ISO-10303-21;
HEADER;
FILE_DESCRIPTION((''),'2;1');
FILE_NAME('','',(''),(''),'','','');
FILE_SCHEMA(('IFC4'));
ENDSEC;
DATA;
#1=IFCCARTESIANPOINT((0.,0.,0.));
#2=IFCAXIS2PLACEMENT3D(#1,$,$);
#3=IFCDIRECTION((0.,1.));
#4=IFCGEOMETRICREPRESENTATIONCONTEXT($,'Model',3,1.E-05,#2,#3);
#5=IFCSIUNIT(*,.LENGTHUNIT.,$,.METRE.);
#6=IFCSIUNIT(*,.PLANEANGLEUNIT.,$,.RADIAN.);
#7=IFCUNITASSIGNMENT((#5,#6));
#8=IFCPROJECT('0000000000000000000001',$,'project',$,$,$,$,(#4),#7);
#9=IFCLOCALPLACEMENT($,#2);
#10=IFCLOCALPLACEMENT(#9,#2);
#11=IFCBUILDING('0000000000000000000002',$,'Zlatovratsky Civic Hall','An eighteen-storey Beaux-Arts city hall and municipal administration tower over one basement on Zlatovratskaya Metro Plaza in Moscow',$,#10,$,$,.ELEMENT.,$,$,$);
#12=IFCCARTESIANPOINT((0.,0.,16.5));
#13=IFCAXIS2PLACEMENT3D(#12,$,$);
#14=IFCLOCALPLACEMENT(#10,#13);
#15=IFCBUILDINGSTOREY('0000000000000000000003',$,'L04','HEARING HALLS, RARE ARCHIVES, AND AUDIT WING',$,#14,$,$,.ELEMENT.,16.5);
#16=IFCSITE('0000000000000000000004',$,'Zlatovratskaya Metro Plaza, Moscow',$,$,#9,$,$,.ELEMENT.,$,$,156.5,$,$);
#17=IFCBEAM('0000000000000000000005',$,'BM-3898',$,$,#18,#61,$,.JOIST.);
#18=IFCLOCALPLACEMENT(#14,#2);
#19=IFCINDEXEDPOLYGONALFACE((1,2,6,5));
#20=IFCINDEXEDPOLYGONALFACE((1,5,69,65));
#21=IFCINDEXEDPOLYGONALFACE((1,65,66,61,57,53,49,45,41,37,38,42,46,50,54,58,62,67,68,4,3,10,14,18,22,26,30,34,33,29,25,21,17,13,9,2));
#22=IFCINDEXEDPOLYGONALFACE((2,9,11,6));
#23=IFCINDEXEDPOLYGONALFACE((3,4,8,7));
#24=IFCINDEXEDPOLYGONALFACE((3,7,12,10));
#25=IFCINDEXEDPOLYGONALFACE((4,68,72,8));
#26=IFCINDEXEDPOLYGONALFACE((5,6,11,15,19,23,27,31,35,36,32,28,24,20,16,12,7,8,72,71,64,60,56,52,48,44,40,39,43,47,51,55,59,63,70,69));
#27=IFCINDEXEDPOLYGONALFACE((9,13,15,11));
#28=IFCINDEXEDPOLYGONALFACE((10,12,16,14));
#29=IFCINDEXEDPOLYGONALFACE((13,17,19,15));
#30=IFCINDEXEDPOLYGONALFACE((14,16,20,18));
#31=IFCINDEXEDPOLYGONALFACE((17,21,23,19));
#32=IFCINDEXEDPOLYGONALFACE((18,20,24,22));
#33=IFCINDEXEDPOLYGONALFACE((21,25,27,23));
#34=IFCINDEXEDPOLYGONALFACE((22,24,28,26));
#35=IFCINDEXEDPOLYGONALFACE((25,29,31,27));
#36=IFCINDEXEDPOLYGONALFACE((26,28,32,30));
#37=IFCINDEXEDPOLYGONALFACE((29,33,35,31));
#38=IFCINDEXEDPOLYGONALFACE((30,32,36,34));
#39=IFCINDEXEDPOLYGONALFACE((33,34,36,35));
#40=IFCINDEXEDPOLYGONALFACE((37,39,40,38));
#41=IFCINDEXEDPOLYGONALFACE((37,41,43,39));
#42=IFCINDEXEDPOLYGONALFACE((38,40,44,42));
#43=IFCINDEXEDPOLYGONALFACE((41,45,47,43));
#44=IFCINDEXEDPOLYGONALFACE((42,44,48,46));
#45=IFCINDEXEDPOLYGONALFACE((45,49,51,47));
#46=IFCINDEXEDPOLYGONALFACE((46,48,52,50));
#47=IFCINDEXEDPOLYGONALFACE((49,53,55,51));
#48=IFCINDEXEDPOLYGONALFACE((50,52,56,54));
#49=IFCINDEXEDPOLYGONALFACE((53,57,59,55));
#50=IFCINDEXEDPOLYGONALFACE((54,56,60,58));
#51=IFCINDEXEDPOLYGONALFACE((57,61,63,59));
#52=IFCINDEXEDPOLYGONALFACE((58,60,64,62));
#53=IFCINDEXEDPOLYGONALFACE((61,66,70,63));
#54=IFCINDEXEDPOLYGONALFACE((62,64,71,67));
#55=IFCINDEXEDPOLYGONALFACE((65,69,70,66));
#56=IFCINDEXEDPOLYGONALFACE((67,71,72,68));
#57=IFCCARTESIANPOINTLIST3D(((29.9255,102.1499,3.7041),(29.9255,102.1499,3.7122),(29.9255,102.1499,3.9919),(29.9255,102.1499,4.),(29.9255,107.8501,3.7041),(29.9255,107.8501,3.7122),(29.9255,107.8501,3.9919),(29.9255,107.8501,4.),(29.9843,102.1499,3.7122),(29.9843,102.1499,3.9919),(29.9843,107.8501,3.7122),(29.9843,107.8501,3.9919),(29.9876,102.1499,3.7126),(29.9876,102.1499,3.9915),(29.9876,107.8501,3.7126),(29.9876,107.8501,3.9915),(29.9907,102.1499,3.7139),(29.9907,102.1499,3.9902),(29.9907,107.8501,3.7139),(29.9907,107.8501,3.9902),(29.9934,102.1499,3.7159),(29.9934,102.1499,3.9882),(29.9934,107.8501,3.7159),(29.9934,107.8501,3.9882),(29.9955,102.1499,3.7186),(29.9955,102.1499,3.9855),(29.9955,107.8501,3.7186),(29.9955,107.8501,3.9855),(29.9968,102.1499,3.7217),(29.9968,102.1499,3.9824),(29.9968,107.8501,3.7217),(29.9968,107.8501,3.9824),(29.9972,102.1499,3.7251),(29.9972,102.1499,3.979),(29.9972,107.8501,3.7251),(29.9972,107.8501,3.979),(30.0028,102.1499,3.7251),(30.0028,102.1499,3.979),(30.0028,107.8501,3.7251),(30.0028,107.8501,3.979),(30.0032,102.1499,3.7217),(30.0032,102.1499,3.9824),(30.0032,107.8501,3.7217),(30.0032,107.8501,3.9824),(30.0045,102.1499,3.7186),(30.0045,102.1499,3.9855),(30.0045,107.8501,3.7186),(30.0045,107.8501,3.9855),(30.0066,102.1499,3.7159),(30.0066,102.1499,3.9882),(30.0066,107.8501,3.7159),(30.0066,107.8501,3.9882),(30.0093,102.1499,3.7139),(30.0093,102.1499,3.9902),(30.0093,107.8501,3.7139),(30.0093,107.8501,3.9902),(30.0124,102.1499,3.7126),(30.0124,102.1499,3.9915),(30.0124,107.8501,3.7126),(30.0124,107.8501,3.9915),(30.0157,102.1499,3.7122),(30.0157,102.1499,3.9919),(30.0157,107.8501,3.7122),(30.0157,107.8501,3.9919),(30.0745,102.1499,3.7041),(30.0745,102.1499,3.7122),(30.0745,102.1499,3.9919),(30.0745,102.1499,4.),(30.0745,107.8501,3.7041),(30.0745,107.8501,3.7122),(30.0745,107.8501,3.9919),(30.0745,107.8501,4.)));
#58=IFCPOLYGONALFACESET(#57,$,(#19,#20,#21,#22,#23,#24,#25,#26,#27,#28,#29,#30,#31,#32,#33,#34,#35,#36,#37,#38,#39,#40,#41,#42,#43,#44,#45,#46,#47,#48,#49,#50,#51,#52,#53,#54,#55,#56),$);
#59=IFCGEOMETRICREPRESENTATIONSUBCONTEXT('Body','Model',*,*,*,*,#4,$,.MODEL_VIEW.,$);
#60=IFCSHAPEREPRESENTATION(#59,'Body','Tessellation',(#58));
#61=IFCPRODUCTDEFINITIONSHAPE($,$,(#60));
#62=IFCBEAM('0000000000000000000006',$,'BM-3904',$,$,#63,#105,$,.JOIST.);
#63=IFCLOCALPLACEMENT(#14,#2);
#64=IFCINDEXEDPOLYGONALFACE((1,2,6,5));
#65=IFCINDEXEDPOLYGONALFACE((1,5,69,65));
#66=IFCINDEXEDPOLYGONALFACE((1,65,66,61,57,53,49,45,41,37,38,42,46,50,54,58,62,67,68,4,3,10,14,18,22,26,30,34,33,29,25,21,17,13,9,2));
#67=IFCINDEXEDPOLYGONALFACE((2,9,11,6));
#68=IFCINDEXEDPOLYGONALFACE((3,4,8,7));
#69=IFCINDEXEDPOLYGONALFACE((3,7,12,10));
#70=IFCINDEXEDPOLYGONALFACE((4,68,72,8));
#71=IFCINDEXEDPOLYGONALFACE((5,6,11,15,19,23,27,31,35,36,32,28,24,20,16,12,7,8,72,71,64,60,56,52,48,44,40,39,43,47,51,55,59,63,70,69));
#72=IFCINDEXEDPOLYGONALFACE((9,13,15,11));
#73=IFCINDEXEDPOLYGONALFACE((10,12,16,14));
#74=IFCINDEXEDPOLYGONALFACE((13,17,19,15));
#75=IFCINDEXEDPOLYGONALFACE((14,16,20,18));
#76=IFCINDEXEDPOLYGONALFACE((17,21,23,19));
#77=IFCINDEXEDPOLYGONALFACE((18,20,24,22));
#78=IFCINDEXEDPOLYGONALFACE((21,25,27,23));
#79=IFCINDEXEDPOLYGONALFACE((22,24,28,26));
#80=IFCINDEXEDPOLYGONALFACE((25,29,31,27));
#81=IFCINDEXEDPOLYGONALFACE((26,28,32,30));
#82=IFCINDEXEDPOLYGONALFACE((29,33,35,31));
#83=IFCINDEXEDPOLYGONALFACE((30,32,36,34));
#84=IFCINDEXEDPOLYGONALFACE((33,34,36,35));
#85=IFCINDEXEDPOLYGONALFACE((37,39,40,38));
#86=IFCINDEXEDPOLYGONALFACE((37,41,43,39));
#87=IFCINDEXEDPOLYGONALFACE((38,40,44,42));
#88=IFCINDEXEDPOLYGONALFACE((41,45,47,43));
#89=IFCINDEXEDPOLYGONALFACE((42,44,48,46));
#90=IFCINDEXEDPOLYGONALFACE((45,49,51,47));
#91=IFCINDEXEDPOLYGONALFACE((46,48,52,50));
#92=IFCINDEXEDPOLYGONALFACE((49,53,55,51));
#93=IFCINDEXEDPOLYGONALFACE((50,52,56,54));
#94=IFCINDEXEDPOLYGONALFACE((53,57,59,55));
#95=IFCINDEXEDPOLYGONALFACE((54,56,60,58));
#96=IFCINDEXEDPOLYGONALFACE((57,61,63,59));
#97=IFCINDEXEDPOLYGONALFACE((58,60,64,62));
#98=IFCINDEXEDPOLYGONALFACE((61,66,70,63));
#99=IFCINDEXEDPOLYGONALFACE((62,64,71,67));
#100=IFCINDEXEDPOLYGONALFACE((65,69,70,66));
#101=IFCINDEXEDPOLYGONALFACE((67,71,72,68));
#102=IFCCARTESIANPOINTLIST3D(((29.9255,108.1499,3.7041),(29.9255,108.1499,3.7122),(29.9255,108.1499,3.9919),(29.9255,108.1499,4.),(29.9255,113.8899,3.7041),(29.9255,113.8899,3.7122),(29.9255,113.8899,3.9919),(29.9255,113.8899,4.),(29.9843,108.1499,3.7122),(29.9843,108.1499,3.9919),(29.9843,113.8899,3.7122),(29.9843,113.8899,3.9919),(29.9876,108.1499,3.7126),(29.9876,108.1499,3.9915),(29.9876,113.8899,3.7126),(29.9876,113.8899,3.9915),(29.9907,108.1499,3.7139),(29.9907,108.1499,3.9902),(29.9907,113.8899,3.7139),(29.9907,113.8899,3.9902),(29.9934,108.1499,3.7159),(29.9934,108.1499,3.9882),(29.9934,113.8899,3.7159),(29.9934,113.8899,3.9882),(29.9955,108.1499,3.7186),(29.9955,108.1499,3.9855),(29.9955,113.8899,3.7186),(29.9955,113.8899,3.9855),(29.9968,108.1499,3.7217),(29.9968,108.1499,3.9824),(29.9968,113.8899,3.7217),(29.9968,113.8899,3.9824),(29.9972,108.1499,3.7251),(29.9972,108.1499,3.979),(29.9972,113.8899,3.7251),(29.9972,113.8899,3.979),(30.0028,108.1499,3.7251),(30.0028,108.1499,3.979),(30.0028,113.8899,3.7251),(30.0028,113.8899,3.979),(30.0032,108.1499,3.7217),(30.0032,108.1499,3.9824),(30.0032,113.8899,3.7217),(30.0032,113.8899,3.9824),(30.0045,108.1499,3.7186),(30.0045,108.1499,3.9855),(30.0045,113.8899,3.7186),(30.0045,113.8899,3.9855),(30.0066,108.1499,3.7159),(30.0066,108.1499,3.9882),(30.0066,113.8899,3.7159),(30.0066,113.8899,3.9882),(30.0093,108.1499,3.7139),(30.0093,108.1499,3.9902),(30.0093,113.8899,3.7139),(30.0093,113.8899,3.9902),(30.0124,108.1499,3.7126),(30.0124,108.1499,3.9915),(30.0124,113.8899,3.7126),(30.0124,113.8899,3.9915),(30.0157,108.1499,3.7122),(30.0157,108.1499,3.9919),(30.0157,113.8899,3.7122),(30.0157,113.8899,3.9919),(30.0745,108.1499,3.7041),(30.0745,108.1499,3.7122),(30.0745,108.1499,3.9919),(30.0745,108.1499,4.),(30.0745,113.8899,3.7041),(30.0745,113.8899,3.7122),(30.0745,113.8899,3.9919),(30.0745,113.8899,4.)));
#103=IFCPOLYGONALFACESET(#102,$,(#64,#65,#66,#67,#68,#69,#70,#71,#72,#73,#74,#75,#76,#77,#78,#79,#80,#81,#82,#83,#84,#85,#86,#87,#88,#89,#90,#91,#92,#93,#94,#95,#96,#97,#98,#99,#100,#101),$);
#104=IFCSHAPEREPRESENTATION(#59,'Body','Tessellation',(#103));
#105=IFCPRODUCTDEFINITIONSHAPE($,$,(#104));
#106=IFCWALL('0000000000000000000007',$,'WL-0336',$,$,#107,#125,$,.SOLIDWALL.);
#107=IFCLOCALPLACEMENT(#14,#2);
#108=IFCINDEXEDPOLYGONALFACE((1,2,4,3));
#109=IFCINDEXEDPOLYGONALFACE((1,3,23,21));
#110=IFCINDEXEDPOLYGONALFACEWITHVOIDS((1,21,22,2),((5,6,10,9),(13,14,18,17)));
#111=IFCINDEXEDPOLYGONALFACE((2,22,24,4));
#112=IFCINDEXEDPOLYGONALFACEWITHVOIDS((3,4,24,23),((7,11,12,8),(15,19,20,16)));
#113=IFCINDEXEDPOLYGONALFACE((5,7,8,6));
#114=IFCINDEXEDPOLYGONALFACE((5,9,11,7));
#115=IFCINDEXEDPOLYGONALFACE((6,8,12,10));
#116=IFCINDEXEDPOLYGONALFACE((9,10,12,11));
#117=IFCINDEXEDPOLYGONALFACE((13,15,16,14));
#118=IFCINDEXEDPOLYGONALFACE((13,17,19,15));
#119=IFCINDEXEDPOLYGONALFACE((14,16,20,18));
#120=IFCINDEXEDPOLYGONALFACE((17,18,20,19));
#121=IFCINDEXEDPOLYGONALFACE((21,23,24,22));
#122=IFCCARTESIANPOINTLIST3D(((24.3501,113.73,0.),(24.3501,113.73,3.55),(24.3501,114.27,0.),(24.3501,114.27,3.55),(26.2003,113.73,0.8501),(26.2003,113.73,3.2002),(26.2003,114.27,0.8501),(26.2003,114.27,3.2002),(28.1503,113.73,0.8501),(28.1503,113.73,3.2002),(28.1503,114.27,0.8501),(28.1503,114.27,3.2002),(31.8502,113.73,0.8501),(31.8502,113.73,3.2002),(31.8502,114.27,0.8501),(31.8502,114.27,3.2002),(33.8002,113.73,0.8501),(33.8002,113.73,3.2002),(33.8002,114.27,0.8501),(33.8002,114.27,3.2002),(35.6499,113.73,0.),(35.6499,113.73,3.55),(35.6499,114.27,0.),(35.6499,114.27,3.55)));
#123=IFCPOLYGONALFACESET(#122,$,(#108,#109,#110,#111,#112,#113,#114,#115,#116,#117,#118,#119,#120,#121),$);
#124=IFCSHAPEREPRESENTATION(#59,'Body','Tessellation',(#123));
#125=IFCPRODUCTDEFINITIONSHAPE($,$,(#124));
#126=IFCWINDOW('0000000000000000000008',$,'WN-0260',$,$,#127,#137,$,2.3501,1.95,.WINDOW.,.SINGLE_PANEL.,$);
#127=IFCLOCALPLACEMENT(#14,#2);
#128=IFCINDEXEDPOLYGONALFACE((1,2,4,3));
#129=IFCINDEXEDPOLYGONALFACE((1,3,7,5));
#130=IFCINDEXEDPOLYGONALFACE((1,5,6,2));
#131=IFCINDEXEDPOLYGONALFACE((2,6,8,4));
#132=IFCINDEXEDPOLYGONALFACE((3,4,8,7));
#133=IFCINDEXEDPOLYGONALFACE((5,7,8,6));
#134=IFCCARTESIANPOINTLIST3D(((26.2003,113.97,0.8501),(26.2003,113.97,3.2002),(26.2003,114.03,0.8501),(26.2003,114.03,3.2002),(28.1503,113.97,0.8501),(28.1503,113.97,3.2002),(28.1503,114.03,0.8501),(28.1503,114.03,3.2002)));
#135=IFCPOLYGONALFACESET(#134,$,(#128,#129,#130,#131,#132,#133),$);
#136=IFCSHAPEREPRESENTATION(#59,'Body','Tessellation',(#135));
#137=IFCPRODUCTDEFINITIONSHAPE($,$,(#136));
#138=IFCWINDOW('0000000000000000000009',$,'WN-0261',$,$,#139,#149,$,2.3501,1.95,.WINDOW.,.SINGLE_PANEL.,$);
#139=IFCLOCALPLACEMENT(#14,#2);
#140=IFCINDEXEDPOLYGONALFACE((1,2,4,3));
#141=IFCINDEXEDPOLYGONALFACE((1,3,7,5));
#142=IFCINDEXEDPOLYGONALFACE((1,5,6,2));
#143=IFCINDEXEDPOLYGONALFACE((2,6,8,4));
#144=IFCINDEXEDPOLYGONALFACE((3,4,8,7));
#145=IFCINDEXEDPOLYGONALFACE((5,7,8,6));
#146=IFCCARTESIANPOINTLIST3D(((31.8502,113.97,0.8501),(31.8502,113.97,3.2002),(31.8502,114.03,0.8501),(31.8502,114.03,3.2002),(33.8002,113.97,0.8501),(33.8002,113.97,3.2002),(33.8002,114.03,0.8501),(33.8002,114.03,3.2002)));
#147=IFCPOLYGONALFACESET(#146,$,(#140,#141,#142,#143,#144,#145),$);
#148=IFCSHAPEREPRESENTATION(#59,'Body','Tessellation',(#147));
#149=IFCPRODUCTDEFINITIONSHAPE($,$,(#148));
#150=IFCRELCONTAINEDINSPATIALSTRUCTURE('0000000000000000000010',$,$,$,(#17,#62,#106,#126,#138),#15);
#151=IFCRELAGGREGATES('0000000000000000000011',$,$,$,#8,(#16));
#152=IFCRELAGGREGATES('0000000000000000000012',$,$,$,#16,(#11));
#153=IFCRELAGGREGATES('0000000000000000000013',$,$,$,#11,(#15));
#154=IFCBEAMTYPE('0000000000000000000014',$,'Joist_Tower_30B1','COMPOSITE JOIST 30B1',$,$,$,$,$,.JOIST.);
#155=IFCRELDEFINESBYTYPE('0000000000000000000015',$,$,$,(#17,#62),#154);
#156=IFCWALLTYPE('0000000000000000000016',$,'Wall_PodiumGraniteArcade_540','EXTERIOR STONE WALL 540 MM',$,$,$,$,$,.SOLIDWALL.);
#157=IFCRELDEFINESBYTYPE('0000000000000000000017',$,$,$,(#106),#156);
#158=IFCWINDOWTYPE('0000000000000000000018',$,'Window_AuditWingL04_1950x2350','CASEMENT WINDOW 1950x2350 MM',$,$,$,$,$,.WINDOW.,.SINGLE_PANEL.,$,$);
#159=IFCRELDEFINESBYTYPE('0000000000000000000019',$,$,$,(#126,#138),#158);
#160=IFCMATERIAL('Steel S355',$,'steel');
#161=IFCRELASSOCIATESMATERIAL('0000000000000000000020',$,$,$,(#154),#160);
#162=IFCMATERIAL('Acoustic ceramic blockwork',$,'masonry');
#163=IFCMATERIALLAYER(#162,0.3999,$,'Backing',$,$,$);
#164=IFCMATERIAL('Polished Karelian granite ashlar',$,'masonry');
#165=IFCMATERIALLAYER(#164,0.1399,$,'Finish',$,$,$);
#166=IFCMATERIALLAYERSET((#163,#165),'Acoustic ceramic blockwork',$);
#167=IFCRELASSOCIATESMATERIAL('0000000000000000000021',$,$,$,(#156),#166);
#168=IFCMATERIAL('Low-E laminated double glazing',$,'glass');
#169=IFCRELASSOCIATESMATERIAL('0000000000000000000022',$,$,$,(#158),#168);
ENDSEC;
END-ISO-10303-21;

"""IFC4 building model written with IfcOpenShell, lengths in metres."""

from ifc_helpers import new_model, si_unit, direction, frame, frame_2d, origin, origin_2d, place, context, subcontext, project, spatial, rectangle, i_section, extrude, material, layer, layer_set, material_profile, profile_set, type_object, element, fill, save


model = new_model("IFC4")

# Units and contexts
model_context = context("Model", 3, precision=1e-05, world=origin(), true_north=direction((0.0, 1.0)))
body_context = subcontext(model_context, "Body", "Model", "MODEL_VIEW")
ifc_project = project(units=[si_unit("LENGTHUNIT", "METRE"), si_unit("PLANEANGLEUNIT", "RADIAN")], contexts=[model_context])

# Site, building, storey
site_placement = place(None, origin())
site = spatial("IfcSite", under=ifc_project, at=site_placement, Name="Zlatovratskaya Metro Plaza, Moscow", CompositionType="ELEMENT", RefElevation=156.5)
building_placement = place(site_placement, origin())
building = spatial("IfcBuilding", under=site, at=building_placement, Name="Zlatovratsky Civic Hall", Description="An eighteen-storey Beaux-Arts city hall and municipal administration tower over one basement on Zlatovratskaya Metro Plaza in Moscow", CompositionType="ELEMENT")
storey_placement = place(building_placement, frame((0.0, 0.0, 16.5)))
storey = spatial("IfcBuildingStorey", under=building, at=storey_placement, Name="L04", Description="HEARING HALLS, RARE ARCHIVES, AND AUDIT WING", CompositionType="ELEMENT", Elevation=16.5)

# Shared definitions
ifc_material_1 = material(Name="Steel S355", Category="steel")

# Beams
ifc_material_profile_1 = material_profile(ifc_material_1, i_section(OverallWidth=0.1489, OverallDepth=0.2959, WebThickness=0.0056, FlangeThickness=0.0081, FilletRadius=0.0129, at=origin_2d()), Name="30B1")
ifc_profile_set_1 = profile_set([ifc_material_profile_1], Name="Steel S355")
beam_type_1 = type_object("IfcBeamType", Name="Joist_Tower_30B1", Description="COMPOSITE JOIST 30B1", PredefinedType="JOIST", material=ifc_profile_set_1)
for number, where, z_axis, x_axis, name in (
    (1, (30.0, 102.1499, 3.8521), (0.0, 1.0, 0.0), (-1.0, 0.0, 0.0), "BM-3898"),
):
    element("IfcBeam", number, at=place(storey_placement, frame(where, z_axis=z_axis, x_axis=x_axis)), inside=storey, type_object=beam_type_1, Name=name, PredefinedType="JOIST", context=body_context, shape_type="SweptSolid", body=[
        extrude(i_section(OverallWidth=0.1489, OverallDepth=0.2959, WebThickness=0.0056, FlangeThickness=0.0081, FilletRadius=0.0129, at=origin_2d()), origin(), (0.0, 0.0, 1.0), 5.7002),
    ])
beam_1_placement = place(storey_placement, frame((30.0, 108.1499, 3.8521), z_axis=(0.0, 1.0, 0.0), x_axis=(-1.0, 0.0, 0.0)))
element("IfcBeam", 2, at=beam_1_placement, inside=storey, type_object=beam_type_1, Name="BM-3904", PredefinedType="JOIST", context=body_context, shape_type="SweptSolid", body=[
    extrude(i_section(OverallWidth=0.1489, OverallDepth=0.2959, WebThickness=0.0056, FlangeThickness=0.0081, FilletRadius=0.0129, at=origin_2d()), origin(), (0.0, 0.0, 1.0), 5.74),
])

# Wall, openings, windows
ifc_material_2 = material(Name="Acoustic ceramic blockwork", Category="masonry")
ifc_layer_1 = layer(ifc_material_2, 0.3999, Name="Backing")
ifc_material_3 = material(Name="Polished Karelian granite ashlar", Category="masonry")
ifc_layer_2 = layer(ifc_material_3, 0.1399, Name="Finish")
ifc_layer_set = layer_set([ifc_layer_1, ifc_layer_2], Name="Acoustic ceramic blockwork")
wall_type = type_object("IfcWallType", Name="Wall_PodiumGraniteArcade_540", Description="EXTERIOR STONE WALL 540 MM", PredefinedType="SOLIDWALL", material=ifc_layer_set)
wall_1_placement = place(storey_placement, frame((24.3501, 114.0, 0.0), z_axis=(0.0, 0.0, 1.0), x_axis=(1.0, 0.0, 0.0)))
wall_1 = element("IfcWall", 3, at=wall_1_placement, inside=storey, type_object=wall_type, Name="WL-0336", PredefinedType="SOLIDWALL", context=body_context, shape_type="SweptSolid", body=[
    extrude(rectangle(XDim=11.2998, YDim=0.54, at=frame_2d((5.6499, 0.0))), origin(), (0.0, 0.0, 1.0), 3.55),
])
opening_1_placement = place(wall_1_placement, frame((1.8501, 0.0, 0.8501)))
opening_1 = element("IfcOpeningElement", 4, at=opening_1_placement, cuts=wall_1, PredefinedType="OPENING", context=body_context, shape_type="SweptSolid", body=[
    extrude(rectangle(XDim=1.95, YDim=2.3501, at=frame_2d((0.9751, 1.175))), frame((0.0, 0.2849, 0.0), z_axis=(0.0, -1.0, 0.0), x_axis=(1.0, 0.0, 0.0)), (0.0, 0.0, 1.0), 0.5698),
])
opening_2_placement = place(wall_1_placement, frame((7.5, 0.0, 0.8501)))
opening_2 = element("IfcOpeningElement", 5, at=opening_2_placement, cuts=wall_1, PredefinedType="OPENING", context=body_context, shape_type="SweptSolid", body=[
    extrude(rectangle(XDim=1.95, YDim=2.3501, at=frame_2d((0.9751, 1.175))), frame((0.0, 0.2849, 0.0), z_axis=(0.0, -1.0, 0.0), x_axis=(1.0, 0.0, 0.0)), (0.0, 0.0, 1.0), 0.5698),
])
ifc_material_4 = material(Name="Low-E laminated double glazing", Category="glass")
window_type = type_object("IfcWindowType", Name="Window_AuditWingL04_1950x2350", Description="CASEMENT WINDOW 1950x2350 MM", PartitioningType="SINGLE_PANEL", PredefinedType="WINDOW", material=ifc_material_4)
window_1_placement = place(opening_1_placement, origin())
window_1 = element("IfcWindow", 6, at=window_1_placement, inside=storey, type_object=window_type, Name="WN-0260", OverallHeight=2.3501, OverallWidth=1.95, PartitioningType="SINGLE_PANEL", PredefinedType="WINDOW", context=body_context, shape_type="SweptSolid", body=[
    extrude(rectangle(XDim=1.95, YDim=2.3501, at=frame_2d((0.9751, 1.175))), frame((0.0, 0.03, 0.0), z_axis=(0.0, -1.0, 0.0), x_axis=(1.0, 0.0, 0.0)), (0.0, 0.0, 1.0), 0.0601),
])
fill(opening_1, window_1)
window_2_placement = place(opening_2_placement, origin())
window_2 = element("IfcWindow", 7, at=window_2_placement, inside=storey, type_object=window_type, Name="WN-0261", OverallHeight=2.3501, OverallWidth=1.95, PartitioningType="SINGLE_PANEL", PredefinedType="WINDOW", context=body_context, shape_type="SweptSolid", body=[
    extrude(rectangle(XDim=1.95, YDim=2.3501, at=frame_2d((0.9751, 1.175))), frame((0.0, 0.03, 0.0), z_axis=(0.0, -1.0, 0.0), x_axis=(1.0, 0.0, 0.0)), (0.0, 0.0, 1.0), 0.0601),
])
fill(opening_2, window_2)

save(model, "model.ifc")
